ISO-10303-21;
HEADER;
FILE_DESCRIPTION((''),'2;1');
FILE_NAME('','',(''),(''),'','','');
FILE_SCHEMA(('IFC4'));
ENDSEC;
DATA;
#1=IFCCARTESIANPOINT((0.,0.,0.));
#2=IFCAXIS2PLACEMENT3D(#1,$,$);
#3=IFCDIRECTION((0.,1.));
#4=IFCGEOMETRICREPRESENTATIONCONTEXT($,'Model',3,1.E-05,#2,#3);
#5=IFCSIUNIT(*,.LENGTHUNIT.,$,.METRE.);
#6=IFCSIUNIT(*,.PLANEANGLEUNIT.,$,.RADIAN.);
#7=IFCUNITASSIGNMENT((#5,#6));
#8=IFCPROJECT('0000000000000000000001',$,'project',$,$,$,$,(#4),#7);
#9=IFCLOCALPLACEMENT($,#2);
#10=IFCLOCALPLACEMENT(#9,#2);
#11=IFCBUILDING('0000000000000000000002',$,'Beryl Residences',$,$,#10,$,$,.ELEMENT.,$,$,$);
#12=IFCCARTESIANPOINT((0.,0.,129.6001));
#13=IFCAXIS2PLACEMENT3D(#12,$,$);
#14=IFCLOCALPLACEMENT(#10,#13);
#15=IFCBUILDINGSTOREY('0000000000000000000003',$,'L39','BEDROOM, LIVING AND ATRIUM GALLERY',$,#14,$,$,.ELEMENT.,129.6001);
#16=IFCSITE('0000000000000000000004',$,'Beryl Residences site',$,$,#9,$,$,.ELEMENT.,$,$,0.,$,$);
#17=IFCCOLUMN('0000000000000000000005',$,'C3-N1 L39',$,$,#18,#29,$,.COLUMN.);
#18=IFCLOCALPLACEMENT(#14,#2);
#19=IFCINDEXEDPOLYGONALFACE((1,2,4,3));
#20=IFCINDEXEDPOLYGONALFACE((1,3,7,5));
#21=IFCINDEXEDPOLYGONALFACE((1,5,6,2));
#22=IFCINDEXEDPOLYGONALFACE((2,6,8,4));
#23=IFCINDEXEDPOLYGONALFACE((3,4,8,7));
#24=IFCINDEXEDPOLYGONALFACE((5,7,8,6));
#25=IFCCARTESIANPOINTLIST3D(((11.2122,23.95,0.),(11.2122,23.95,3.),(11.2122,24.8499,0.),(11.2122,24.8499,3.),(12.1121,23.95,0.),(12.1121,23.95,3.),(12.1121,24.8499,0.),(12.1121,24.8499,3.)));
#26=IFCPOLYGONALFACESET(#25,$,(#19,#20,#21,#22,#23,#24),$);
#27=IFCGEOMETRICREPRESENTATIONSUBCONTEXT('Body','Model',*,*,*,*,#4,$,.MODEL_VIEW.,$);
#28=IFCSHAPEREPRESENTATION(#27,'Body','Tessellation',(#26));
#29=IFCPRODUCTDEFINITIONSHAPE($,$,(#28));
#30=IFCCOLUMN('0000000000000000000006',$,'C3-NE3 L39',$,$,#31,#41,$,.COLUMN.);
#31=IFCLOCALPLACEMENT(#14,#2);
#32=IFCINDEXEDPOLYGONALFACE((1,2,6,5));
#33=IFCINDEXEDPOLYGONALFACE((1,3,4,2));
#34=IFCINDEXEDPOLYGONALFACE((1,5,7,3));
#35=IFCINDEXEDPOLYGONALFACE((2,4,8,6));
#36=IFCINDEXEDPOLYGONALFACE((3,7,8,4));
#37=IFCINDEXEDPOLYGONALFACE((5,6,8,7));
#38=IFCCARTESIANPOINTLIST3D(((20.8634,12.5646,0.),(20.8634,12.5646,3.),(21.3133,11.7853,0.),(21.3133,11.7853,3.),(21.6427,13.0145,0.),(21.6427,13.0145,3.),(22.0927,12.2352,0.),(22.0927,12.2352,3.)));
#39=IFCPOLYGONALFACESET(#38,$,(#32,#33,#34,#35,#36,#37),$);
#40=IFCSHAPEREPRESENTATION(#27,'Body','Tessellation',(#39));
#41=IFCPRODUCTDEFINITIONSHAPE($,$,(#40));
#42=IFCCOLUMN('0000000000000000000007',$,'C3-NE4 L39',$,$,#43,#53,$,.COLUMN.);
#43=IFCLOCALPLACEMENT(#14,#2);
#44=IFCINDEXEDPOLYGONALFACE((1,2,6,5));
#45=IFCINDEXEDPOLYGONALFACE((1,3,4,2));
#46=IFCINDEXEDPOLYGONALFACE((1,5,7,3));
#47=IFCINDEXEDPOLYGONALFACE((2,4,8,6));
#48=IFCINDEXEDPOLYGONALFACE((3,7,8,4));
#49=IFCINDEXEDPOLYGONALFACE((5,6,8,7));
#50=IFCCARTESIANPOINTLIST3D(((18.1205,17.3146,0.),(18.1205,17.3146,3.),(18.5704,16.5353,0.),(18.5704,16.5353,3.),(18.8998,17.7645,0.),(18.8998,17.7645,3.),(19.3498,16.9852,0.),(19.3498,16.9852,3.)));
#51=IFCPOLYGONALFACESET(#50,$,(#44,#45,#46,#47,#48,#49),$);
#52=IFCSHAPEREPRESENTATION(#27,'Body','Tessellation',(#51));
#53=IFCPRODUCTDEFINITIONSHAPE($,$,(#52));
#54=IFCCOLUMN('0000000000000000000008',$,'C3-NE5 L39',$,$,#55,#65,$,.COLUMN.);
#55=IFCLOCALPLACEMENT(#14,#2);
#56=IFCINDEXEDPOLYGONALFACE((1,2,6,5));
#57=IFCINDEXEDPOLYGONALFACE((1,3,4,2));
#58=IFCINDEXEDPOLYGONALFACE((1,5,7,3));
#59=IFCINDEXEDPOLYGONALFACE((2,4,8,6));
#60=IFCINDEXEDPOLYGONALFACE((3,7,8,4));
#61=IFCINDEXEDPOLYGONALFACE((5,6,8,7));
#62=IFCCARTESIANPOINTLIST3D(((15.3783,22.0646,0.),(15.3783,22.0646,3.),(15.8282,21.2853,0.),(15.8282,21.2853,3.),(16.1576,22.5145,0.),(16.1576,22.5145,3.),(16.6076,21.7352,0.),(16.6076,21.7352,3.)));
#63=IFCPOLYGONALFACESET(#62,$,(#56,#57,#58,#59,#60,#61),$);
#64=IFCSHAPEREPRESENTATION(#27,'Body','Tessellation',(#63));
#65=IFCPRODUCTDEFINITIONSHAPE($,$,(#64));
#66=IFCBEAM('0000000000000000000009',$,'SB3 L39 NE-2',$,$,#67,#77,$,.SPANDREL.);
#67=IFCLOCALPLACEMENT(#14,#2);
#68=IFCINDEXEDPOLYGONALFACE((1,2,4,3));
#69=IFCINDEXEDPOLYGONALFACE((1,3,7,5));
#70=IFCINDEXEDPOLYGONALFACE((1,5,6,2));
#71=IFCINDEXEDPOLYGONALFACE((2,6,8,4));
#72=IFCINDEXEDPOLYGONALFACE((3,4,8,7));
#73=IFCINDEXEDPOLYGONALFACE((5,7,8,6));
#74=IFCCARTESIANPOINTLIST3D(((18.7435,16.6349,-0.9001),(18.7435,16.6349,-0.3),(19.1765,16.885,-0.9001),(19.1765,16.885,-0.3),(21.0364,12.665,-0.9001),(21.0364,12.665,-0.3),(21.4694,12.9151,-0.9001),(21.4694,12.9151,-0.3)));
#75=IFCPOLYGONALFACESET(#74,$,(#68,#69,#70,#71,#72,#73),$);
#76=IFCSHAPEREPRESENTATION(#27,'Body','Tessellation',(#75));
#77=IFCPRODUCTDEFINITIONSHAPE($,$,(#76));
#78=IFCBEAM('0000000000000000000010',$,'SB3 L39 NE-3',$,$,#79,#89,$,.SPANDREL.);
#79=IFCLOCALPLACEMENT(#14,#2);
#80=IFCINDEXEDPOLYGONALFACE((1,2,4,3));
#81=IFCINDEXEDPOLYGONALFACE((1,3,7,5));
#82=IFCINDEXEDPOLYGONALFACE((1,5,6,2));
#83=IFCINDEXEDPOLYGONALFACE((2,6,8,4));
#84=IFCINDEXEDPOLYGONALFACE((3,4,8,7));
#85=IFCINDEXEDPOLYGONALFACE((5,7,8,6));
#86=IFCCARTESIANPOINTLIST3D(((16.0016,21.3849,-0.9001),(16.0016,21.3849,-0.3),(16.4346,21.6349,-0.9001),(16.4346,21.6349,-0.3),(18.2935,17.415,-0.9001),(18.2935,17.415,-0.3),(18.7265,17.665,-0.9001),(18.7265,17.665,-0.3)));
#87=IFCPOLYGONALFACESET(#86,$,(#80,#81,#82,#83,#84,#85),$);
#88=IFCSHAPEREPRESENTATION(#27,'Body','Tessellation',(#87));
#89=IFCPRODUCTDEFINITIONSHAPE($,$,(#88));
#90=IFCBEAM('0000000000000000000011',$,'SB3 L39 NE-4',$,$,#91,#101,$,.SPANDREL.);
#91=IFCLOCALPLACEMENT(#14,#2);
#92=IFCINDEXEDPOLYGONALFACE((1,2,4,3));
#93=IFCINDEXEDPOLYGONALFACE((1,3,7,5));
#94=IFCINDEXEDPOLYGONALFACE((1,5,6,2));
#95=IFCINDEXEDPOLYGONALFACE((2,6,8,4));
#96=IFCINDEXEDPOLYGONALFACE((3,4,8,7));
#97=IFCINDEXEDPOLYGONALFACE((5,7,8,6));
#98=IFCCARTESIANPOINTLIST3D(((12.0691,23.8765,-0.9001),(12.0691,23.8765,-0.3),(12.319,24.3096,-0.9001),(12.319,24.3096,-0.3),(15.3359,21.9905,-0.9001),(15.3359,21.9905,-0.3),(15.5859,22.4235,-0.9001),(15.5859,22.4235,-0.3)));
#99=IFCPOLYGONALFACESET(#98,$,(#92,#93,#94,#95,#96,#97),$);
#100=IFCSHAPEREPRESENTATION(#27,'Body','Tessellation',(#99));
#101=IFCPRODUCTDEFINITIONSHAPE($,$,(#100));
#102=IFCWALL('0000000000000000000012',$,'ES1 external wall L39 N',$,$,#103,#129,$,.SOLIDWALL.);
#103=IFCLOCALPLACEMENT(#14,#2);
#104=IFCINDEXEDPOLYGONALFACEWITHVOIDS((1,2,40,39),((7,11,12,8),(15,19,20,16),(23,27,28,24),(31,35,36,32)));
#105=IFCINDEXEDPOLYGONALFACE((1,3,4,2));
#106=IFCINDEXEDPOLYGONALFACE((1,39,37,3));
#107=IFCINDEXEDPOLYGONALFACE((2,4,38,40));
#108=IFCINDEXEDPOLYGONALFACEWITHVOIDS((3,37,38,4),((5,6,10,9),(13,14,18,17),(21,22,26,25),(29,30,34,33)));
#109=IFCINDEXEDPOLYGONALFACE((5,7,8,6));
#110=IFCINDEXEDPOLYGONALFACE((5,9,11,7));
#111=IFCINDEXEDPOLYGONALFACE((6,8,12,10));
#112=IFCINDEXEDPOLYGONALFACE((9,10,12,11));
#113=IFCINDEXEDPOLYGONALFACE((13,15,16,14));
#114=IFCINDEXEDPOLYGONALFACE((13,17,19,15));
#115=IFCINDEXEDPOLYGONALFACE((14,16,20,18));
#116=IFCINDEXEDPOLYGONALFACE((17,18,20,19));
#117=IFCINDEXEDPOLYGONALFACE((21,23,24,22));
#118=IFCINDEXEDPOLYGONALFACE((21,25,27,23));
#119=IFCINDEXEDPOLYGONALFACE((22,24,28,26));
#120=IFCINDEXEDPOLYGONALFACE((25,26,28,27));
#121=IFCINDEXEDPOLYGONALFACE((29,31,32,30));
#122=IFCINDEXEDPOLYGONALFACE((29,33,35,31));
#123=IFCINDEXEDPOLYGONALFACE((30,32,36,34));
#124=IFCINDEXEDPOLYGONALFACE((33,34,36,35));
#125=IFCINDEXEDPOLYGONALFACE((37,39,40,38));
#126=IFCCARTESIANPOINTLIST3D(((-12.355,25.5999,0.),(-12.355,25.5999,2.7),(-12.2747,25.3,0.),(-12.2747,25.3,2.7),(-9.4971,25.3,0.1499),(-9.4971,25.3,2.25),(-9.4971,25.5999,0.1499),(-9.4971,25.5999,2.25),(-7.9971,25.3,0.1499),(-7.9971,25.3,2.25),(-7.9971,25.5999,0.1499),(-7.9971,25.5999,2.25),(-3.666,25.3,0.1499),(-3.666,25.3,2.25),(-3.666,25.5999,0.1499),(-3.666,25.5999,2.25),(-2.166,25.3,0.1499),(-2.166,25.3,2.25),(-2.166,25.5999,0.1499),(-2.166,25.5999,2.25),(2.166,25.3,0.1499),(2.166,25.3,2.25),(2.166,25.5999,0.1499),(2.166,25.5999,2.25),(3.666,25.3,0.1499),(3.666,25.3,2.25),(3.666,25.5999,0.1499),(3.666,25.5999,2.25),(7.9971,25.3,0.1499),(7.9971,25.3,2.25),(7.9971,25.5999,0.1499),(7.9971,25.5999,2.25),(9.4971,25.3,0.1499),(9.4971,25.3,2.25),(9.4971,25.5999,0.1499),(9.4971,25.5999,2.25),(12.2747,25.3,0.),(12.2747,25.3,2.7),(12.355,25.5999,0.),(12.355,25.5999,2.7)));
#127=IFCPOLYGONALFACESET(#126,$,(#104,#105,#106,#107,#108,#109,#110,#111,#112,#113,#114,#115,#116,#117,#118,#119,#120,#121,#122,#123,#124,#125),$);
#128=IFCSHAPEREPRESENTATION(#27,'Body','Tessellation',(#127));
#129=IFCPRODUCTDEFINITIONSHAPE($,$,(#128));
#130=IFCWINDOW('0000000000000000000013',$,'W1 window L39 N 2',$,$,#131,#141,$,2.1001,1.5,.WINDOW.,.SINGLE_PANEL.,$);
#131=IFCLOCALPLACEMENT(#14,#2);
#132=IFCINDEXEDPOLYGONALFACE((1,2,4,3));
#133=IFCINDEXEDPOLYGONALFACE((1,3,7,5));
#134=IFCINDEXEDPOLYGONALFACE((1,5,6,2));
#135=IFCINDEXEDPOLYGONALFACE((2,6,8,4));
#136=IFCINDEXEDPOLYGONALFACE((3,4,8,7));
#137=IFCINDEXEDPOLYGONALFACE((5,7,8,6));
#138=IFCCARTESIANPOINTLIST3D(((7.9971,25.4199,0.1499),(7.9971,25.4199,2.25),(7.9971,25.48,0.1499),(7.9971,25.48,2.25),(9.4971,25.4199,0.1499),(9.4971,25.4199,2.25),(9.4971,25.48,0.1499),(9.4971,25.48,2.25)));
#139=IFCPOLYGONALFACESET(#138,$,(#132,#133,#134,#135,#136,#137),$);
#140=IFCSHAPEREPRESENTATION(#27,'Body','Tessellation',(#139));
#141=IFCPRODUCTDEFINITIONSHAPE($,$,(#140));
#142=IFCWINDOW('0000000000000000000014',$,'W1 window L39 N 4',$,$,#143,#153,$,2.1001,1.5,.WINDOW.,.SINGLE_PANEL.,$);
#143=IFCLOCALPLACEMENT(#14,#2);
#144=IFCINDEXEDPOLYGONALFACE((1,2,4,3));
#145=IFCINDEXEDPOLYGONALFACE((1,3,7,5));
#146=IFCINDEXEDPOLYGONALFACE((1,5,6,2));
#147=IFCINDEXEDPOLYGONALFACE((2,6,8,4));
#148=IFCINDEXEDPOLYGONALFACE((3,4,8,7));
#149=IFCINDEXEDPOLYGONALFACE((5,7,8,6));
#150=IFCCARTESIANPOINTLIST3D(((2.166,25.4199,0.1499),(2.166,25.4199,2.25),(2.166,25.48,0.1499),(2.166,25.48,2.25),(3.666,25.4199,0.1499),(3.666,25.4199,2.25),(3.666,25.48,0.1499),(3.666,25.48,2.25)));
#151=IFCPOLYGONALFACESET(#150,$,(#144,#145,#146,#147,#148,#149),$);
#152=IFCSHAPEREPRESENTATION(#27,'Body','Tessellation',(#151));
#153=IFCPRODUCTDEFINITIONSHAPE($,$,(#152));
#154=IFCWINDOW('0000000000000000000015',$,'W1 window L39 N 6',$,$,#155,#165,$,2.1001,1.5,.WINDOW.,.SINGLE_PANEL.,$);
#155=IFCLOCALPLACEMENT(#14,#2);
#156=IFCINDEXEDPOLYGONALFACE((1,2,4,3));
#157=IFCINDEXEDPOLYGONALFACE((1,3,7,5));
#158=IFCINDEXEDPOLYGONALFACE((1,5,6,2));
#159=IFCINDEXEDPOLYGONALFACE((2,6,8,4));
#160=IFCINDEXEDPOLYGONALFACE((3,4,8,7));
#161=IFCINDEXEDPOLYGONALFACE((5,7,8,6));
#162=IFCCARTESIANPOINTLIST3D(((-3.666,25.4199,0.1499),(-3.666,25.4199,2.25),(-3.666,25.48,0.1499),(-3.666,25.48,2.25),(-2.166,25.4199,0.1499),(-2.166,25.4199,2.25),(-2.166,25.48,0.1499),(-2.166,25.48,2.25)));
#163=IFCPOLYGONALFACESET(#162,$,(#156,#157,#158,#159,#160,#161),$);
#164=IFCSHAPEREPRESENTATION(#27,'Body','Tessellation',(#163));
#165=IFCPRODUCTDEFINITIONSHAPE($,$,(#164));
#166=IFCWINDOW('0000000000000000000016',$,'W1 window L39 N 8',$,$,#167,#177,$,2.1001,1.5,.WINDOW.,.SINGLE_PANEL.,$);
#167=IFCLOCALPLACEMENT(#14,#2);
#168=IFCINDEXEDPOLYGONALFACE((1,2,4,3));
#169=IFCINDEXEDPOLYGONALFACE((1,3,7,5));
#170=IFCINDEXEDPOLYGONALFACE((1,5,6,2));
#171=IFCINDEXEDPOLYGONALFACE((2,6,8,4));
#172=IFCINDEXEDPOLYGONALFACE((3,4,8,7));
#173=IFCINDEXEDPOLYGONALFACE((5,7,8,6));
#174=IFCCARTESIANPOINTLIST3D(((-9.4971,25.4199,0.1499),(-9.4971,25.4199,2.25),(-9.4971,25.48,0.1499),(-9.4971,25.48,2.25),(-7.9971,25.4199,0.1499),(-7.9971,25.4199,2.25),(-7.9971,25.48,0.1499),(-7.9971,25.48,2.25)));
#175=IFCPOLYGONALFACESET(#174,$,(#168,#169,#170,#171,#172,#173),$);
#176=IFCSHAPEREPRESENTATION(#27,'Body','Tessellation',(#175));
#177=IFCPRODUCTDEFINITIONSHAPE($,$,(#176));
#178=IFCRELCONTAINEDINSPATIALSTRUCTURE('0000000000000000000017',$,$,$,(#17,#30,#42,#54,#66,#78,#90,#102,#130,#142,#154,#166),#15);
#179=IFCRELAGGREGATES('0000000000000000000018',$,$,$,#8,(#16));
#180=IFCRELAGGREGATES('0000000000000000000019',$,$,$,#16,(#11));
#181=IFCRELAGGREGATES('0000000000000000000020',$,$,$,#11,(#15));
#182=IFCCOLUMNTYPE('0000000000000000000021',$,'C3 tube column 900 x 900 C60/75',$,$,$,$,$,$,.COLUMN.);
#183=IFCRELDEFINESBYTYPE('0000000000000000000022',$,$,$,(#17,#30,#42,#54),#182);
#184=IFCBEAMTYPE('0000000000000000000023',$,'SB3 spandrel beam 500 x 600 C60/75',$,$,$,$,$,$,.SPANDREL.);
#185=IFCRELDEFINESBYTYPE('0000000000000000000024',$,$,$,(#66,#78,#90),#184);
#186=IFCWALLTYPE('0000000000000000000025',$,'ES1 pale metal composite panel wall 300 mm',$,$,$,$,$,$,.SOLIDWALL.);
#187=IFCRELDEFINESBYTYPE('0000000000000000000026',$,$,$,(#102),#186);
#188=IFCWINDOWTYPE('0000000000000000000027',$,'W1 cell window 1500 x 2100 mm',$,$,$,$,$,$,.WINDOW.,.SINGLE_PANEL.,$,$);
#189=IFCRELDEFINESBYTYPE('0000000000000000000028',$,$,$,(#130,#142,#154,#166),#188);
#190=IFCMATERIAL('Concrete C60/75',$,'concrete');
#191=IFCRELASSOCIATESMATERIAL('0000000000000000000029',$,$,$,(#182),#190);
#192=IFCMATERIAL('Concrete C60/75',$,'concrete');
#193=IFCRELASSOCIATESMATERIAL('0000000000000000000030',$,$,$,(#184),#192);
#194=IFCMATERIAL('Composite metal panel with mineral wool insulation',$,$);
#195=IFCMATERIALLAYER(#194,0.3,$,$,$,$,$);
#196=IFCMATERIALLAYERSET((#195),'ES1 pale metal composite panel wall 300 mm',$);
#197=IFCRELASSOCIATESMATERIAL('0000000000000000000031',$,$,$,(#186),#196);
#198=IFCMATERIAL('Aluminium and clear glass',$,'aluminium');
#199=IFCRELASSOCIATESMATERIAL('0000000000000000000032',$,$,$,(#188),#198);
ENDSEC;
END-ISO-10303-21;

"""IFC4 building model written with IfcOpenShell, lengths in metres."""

from ifc_helpers import new_model, si_unit, direction, frame, frame_2d, origin, origin_2d, place, context, subcontext, project, spatial, polyline, rectangle, outline, extrude, material, layer, layer_set, material_profile, profile_set, type_object, element, fill, save


model = new_model("IFC4")

# Units and contexts
model_context = context("Model", 3, precision=1e-05, world=origin(), true_north=direction((0.0, 1.0)))
body_context = subcontext(model_context, "Body", "Model", "MODEL_VIEW")
ifc_project = project(units=[si_unit("LENGTHUNIT", "METRE"), si_unit("PLANEANGLEUNIT", "RADIAN")], contexts=[model_context])

# Site, building, storey
site_placement = place(None, origin())
site = spatial("IfcSite", under=ifc_project, at=site_placement, Name="Beryl Residences site", CompositionType="ELEMENT", RefElevation=0.0)
building_placement = place(site_placement, origin())
building = spatial("IfcBuilding", under=site, at=building_placement, Name="Beryl Residences", CompositionType="ELEMENT")
storey_placement = place(building_placement, frame((0.0, 0.0, 129.6001)))
storey = spatial("IfcBuildingStorey", under=building, at=storey_placement, Name="L39", Description="BEDROOM, LIVING AND ATRIUM GALLERY", CompositionType="ELEMENT", Elevation=129.6001)

# Columns
ifc_material_1 = material(Name="Concrete C60/75", Category="concrete")
ifc_material_profile_1 = material_profile(ifc_material_1, rectangle(XDim=0.8999, YDim=0.8999, at=origin_2d()))
ifc_profile_set_1 = profile_set([ifc_material_profile_1], Name="Concrete C60/75")
column_type = type_object("IfcColumnType", Name="C3 tube column 900 x 900 C60/75", PredefinedType="COLUMN", material=ifc_profile_set_1)
for number, where, z_axis, x_axis, name in (
    (1, (11.6621, 24.3999, 0.0), (0.0, 0.0, 1.0), (-1.0, 0.0, 0.0), "C3-N1 L39"),
    (2, (21.478, 12.3999, 0.0), (0.0, 0.0, 1.0), (-0.5, 0.866025, 0.0), "C3-NE3 L39"),
    (3, (18.7351, 17.1499, 0.0), (0.0, 0.0, 1.0), (-0.5, 0.866025, 0.0), "C3-NE4 L39"),
    (4, (15.9929, 21.8999, 0.0), (0.0, 0.0, 1.0), (-0.5, 0.866025, 0.0), "C3-NE5 L39"),
):
    element("IfcColumn", number, at=place(storey_placement, frame(where, z_axis=z_axis, x_axis=x_axis)), inside=storey, type_object=column_type, Name=name, PredefinedType="COLUMN", context=body_context, shape_type="SweptSolid", body=[
        extrude(rectangle(XDim=0.8999, YDim=0.8999, at=origin_2d()), origin(), (0.0, 0.0, 1.0), 3.0),
    ])

# Beams
ifc_material_2 = material(Name="Concrete C60/75", Category="concrete")
ifc_material_profile_2 = material_profile(ifc_material_2, rectangle(XDim=0.5, YDim=0.6001, at=origin_2d()))
ifc_profile_set_2 = profile_set([ifc_material_profile_2], Name="Concrete C60/75")
beam_type = type_object("IfcBeamType", Name="SB3 spandrel beam 500 x 600 C60/75", PredefinedType="SPANDREL", material=ifc_profile_set_2)
beam_1_placement = place(storey_placement, frame((21.2529, 12.79, -0.6001), z_axis=(-0.500148, 0.86594, 0.0), x_axis=(-0.86594, -0.500148, 0.0)))
element("IfcBeam", 5, at=beam_1_placement, inside=storey, type_object=beam_type, Name="SB3 L39 NE-2", PredefinedType="SPANDREL", context=body_context, shape_type="SweptSolid", body=[
    extrude(rectangle(XDim=0.5, YDim=0.6001, at=origin_2d()), origin(), (0.0, 0.0, 1.0), 4.5845),
])
beam_2_placement = place(storey_placement, frame((18.51, 17.54, -0.6001), z_axis=(-0.499988, 0.866032, 0.0), x_axis=(-0.866032, -0.499988, 0.0)))
element("IfcBeam", 6, at=beam_2_placement, inside=storey, type_object=beam_type, Name="SB3 L39 NE-3", PredefinedType="SPANDREL", context=body_context, shape_type="SweptSolid", body=[
    extrude(rectangle(XDim=0.5, YDim=0.6001, at=origin_2d()), origin(), (0.0, 0.0, 1.0), 4.584),
])
beam_3_placement = place(storey_placement, frame((15.4609, 22.207, -0.6001), z_axis=(-0.86604, 0.499975, 0.0), x_axis=(-0.499975, -0.86604, 0.0)))
element("IfcBeam", 7, at=beam_3_placement, inside=storey, type_object=beam_type, Name="SB3 L39 NE-4", PredefinedType="SPANDREL", context=body_context, shape_type="SweptSolid", body=[
    extrude(rectangle(XDim=0.5, YDim=0.6001, at=origin_2d()), origin(), (0.0, 0.0, 1.0), 3.7722),
])

# Wall, openings, windows
ifc_material_3 = material(Name="Composite metal panel with mineral wool insulation")
ifc_layer_1 = layer(ifc_material_3, 0.3)
ifc_layer_set_1 = layer_set([ifc_layer_1], Name="ES1 pale metal composite panel wall 300 mm")
wall_type_1 = type_object("IfcWallType", Name="ES1 pale metal composite panel wall 300 mm", PredefinedType="SOLIDWALL", material=ifc_layer_set_1)
wall_1_placement = place(storey_placement, frame((12.355, 25.45, 0.0), z_axis=(0.0, 0.0, 1.0), x_axis=(-1.0, 0.0, 0.0)))
wall_1 = element("IfcWall", 8, at=wall_1_placement, inside=storey, type_object=wall_type_1, Name="ES1 external wall L39 N", PredefinedType="SOLIDWALL", context=body_context, shape_type="SweptSolid", body=[
    extrude(outline(polyline([(0.0, -0.1499), (24.71, -0.1499), (24.6296, 0.1499), (0.0803, 0.1499), (0.0, -0.1499)])), origin(), (0.0, 0.0, 1.0), 2.7),
])
opening_1_placement = place(wall_1_placement, frame((2.8579, 0.0, 0.1499)))
opening_1 = element("IfcOpeningElement", 9, at=opening_1_placement, cuts=wall_1, PredefinedType="OPENING", context=body_context, shape_type="SweptSolid", body=[
    extrude(rectangle(XDim=1.5, YDim=2.1001, at=frame_2d((0.75, 1.05))), frame((0.0, 0.1599, 0.0), z_axis=(0.0, -1.0, 0.0), x_axis=(1.0, 0.0, 0.0)), (0.0, 0.0, 1.0), 0.3201),
])
opening_2_placement = place(wall_1_placement, frame((8.689, 0.0, 0.1499)))
opening_2 = element("IfcOpeningElement", 10, at=opening_2_placement, cuts=wall_1, PredefinedType="OPENING", context=body_context, shape_type="SweptSolid", body=[
    extrude(rectangle(XDim=1.5, YDim=2.1001, at=frame_2d((0.75, 1.05))), frame((0.0, 0.1599, 0.0), z_axis=(0.0, -1.0, 0.0), x_axis=(1.0, 0.0, 0.0)), (0.0, 0.0, 1.0), 0.3201),
])
opening_3_placement = place(wall_1_placement, frame((14.521, 0.0, 0.1499)))
opening_3 = element("IfcOpeningElement", 11, at=opening_3_placement, cuts=wall_1, PredefinedType="OPENING", context=body_context, shape_type="SweptSolid", body=[
    extrude(rectangle(XDim=1.5, YDim=2.1001, at=frame_2d((0.75, 1.05))), frame((0.0, 0.1599, 0.0), z_axis=(0.0, -1.0, 0.0), x_axis=(1.0, 0.0, 0.0)), (0.0, 0.0, 1.0), 0.3201),
])
opening_4_placement = place(wall_1_placement, frame((20.3521, 0.0, 0.1499)))
opening_4 = element("IfcOpeningElement", 12, at=opening_4_placement, cuts=wall_1, PredefinedType="OPENING", context=body_context, shape_type="SweptSolid", body=[
    extrude(rectangle(XDim=1.5, YDim=2.1001, at=frame_2d((0.75, 1.05))), frame((0.0, 0.1599, 0.0), z_axis=(0.0, -1.0, 0.0), x_axis=(1.0, 0.0, 0.0)), (0.0, 0.0, 1.0), 0.3201),
])
ifc_material_4 = material(Name="Aluminium and clear glass", Category="aluminium")
window_type_1 = type_object("IfcWindowType", Name="W1 cell window 1500 x 2100 mm", PartitioningType="SINGLE_PANEL", PredefinedType="WINDOW", material=ifc_material_4)
window_1_placement = place(opening_1_placement, origin())
window_1 = element("IfcWindow", 13, at=window_1_placement, inside=storey, type_object=window_type_1, Name="W1 window L39 N 2", OverallHeight=2.1001, OverallWidth=1.5, PartitioningType="SINGLE_PANEL", PredefinedType="WINDOW", context=body_context, shape_type="SweptSolid", body=[
    extrude(rectangle(XDim=1.5, YDim=2.1001, at=frame_2d((0.75, 1.05))), frame((0.0, 0.03, 0.0), z_axis=(0.0, -1.0, 0.0), x_axis=(1.0, 0.0, 0.0)), (0.0, 0.0, 1.0), 0.0601),
])
fill(opening_1, window_1)
window_2_placement = place(opening_2_placement, origin())
window_2 = element("IfcWindow", 14, at=window_2_placement, inside=storey, type_object=window_type_1, Name="W1 window L39 N 4", OverallHeight=2.1001, OverallWidth=1.5, PartitioningType="SINGLE_PANEL", PredefinedType="WINDOW", context=body_context, shape_type="SweptSolid", body=[
    extrude(rectangle(XDim=1.5, YDim=2.1001, at=frame_2d((0.75, 1.05))), frame((0.0, 0.03, 0.0), z_axis=(0.0, -1.0, 0.0), x_axis=(1.0, 0.0, 0.0)), (0.0, 0.0, 1.0), 0.0601),
])
fill(opening_2, window_2)
window_3_placement = place(opening_3_placement, origin())
window_3 = element("IfcWindow", 15, at=window_3_placement, inside=storey, type_object=window_type_1, Name="W1 window L39 N 6", OverallHeight=2.1001, OverallWidth=1.5, PartitioningType="SINGLE_PANEL", PredefinedType="WINDOW", context=body_context, shape_type="SweptSolid", body=[
    extrude(rectangle(XDim=1.5, YDim=2.1001, at=frame_2d((0.75, 1.05))), frame((0.0, 0.03, 0.0), z_axis=(0.0, -1.0, 0.0), x_axis=(1.0, 0.0, 0.0)), (0.0, 0.0, 1.0), 0.0601),
])
fill(opening_3, window_3)
window_4_placement = place(opening_4_placement, origin())
window_4 = element("IfcWindow", 16, at=window_4_placement, inside=storey, type_object=window_type_1, Name="W1 window L39 N 8", OverallHeight=2.1001, OverallWidth=1.5, PartitioningType="SINGLE_PANEL", PredefinedType="WINDOW", context=body_context, shape_type="SweptSolid", body=[
    extrude(rectangle(XDim=1.5, YDim=2.1001, at=frame_2d((0.75, 1.05))), frame((0.0, 0.03, 0.0), z_axis=(0.0, -1.0, 0.0), x_axis=(1.0, 0.0, 0.0)), (0.0, 0.0, 1.0), 0.0601),
])
fill(opening_4, window_4)

save(model, "model.ifc")
